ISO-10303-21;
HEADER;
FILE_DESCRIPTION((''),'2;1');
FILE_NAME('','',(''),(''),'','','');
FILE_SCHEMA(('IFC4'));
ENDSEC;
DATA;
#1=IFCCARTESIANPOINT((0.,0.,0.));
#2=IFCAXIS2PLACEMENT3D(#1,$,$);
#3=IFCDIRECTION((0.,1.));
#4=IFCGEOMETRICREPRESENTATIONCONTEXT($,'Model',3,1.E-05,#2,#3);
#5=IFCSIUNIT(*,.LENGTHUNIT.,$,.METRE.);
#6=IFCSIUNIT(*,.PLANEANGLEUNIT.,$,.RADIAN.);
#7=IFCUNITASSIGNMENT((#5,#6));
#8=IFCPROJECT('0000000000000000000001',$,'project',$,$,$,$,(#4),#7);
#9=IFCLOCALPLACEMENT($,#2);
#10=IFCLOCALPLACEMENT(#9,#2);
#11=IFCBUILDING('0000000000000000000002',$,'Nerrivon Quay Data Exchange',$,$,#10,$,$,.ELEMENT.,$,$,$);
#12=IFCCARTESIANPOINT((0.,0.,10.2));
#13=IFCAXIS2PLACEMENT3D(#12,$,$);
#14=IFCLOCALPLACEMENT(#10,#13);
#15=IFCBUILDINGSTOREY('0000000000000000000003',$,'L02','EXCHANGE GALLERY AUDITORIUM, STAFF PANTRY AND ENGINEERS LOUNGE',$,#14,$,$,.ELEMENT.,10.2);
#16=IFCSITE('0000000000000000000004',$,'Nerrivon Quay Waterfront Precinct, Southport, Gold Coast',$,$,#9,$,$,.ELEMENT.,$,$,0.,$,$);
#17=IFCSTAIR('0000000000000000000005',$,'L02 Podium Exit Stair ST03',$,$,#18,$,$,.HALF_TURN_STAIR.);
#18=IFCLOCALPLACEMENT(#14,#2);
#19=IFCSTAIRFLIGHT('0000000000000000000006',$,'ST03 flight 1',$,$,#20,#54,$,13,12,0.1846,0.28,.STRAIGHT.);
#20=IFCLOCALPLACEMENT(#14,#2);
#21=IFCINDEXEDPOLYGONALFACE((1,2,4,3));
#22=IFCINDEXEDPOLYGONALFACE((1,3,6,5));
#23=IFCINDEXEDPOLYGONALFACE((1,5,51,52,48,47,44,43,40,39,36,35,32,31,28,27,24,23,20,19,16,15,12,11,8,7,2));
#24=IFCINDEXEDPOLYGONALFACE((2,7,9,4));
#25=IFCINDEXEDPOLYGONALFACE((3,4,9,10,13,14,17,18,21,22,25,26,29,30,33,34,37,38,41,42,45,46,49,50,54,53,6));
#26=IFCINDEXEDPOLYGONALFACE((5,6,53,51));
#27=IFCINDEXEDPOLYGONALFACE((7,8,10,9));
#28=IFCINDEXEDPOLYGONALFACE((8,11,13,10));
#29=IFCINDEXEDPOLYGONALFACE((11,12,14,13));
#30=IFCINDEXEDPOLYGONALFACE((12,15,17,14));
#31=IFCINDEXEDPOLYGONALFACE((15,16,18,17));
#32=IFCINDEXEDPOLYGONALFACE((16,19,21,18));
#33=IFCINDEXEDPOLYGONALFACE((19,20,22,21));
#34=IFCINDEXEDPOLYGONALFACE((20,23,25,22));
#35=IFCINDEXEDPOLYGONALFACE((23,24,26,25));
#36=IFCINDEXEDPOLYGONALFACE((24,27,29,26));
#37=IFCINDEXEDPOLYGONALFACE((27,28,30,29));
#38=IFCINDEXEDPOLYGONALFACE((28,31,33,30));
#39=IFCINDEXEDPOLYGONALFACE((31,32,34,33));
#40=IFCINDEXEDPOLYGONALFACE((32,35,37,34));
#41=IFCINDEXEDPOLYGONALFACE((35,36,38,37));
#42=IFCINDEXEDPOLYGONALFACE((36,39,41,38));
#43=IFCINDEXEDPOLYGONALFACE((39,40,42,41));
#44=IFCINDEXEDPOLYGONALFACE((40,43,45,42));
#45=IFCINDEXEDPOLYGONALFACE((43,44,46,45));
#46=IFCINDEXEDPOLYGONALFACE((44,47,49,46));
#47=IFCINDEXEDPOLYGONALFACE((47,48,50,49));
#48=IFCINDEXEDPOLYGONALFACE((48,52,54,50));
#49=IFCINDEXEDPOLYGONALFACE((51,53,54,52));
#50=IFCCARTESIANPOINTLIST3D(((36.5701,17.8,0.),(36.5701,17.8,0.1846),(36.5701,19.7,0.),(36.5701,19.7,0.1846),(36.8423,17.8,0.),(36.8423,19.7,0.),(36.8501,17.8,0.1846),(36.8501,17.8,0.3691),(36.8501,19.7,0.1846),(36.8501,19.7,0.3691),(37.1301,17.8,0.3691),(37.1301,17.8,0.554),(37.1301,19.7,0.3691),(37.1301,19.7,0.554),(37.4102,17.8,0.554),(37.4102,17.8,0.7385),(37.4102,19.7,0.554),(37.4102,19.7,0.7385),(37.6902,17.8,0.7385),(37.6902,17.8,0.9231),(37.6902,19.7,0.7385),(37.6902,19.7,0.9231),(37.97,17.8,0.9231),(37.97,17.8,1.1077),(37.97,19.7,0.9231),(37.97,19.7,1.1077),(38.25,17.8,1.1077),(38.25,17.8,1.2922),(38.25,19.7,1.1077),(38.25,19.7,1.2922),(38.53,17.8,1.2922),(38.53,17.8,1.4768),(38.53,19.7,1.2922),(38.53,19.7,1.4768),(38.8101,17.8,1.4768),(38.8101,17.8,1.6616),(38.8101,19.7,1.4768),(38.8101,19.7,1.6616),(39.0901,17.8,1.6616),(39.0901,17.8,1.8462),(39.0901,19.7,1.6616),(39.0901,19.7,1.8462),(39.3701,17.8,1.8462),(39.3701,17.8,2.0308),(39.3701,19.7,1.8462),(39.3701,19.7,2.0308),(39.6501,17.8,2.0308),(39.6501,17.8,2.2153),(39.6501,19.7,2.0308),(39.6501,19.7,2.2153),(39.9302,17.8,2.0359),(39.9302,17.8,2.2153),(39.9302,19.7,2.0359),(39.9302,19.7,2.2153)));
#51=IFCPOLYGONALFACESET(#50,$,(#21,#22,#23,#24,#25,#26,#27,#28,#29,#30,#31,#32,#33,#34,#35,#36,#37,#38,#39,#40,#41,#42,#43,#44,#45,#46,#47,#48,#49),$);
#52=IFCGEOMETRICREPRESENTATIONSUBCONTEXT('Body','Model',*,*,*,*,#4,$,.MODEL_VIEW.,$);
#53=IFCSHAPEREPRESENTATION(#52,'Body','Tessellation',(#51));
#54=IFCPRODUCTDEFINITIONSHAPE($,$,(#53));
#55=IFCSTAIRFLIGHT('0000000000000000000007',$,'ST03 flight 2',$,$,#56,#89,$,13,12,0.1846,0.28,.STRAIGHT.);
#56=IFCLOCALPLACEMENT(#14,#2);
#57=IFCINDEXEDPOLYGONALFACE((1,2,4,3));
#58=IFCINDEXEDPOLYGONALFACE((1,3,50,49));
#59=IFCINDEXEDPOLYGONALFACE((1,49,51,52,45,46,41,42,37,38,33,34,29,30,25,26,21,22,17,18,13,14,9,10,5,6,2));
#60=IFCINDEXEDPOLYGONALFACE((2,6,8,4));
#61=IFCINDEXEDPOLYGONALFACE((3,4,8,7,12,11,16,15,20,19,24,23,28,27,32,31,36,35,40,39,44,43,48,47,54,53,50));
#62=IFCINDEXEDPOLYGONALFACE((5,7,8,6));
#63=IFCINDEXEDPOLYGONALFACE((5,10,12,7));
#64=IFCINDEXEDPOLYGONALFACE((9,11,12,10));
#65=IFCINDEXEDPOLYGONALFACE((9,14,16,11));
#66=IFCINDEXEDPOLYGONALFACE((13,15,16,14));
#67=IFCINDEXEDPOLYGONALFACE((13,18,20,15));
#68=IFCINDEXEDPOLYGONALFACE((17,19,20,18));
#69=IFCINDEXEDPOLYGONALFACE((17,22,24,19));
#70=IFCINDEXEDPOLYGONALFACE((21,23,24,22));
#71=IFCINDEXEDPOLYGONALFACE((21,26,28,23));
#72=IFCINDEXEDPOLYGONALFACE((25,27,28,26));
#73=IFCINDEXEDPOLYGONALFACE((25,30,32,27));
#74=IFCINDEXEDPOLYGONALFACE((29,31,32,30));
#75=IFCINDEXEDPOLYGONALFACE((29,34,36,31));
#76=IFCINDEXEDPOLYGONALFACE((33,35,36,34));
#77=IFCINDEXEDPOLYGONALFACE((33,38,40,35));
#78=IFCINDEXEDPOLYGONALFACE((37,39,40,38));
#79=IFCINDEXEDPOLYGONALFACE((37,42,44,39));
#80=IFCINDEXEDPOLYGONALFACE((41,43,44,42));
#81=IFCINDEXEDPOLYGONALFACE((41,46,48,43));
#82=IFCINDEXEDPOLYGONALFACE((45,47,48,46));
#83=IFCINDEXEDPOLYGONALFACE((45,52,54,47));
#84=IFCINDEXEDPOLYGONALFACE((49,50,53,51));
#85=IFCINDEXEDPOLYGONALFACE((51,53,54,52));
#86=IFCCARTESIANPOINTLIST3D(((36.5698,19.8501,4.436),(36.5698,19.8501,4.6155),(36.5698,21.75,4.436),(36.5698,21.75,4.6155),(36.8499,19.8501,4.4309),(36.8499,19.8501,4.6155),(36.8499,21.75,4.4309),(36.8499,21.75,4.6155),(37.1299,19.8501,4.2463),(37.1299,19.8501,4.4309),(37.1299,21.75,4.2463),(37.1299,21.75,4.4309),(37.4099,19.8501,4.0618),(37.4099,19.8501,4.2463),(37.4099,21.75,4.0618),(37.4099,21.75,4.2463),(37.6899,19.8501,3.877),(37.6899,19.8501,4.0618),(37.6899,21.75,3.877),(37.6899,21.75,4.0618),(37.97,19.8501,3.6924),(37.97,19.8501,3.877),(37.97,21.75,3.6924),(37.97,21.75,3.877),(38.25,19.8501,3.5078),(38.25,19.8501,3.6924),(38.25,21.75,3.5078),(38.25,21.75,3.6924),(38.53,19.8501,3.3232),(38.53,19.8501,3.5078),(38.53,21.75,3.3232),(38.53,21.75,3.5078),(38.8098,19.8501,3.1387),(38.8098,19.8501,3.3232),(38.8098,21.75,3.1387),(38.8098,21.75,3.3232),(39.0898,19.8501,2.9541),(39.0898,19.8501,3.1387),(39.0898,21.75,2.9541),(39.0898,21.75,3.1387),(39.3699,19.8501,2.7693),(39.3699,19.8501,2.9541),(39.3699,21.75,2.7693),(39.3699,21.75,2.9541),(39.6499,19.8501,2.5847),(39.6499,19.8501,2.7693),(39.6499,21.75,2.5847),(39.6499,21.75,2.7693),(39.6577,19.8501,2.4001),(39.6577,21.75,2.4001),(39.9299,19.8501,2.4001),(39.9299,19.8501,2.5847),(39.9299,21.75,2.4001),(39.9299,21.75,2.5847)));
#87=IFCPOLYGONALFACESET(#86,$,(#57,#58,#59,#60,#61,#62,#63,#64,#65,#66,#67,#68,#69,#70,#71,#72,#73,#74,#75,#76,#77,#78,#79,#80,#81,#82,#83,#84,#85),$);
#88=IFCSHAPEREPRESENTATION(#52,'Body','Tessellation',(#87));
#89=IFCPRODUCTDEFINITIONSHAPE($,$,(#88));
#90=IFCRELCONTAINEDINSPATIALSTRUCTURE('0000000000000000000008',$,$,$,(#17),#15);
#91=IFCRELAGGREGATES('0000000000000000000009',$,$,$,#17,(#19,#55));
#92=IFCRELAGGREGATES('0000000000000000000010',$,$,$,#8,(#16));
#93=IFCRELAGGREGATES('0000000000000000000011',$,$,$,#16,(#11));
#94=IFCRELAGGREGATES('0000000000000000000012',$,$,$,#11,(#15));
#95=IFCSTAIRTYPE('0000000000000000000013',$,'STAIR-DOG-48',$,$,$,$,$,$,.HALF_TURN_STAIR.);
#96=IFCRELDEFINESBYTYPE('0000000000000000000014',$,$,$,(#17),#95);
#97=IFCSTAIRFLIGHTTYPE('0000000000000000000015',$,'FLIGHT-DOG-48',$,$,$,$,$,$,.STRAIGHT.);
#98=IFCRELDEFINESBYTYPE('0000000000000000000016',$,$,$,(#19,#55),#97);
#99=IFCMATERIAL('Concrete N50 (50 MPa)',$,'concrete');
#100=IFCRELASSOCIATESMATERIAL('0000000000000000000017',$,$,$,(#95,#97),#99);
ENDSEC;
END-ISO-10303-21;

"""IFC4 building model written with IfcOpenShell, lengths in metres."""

from ifc_helpers import new_model, si_unit, direction, frame, origin, place, context, subcontext, project, spatial, polyline, outline, extrude, material, type_object, element, aggregate, save


model = new_model("IFC4")

# Units and contexts
model_context = context("Model", 3, precision=1e-05, world=origin(), true_north=direction((0.0, 1.0)))
body_context = subcontext(model_context, "Body", "Model", "MODEL_VIEW")
ifc_project = project(units=[si_unit("LENGTHUNIT", "METRE"), si_unit("PLANEANGLEUNIT", "RADIAN")], contexts=[model_context])

# Site, building, storey
site_placement = place(None, origin())
site = spatial("IfcSite", under=ifc_project, at=site_placement, Name="Nerrivon Quay Waterfront Precinct, Southport, Gold Coast", CompositionType="ELEMENT", RefElevation=0.0)
building_placement = place(site_placement, origin())
building = spatial("IfcBuilding", under=site, at=building_placement, Name="Nerrivon Quay Data Exchange", CompositionType="ELEMENT")
storey_placement = place(building_placement, frame((0.0, 0.0, 10.2)))
storey = spatial("IfcBuildingStorey", under=building, at=storey_placement, Name="L02", Description="EXCHANGE GALLERY AUDITORIUM, STAFF PANTRY AND ENGINEERS LOUNGE", CompositionType="ELEMENT", Elevation=10.2)

# Shared definitions
ifc_material_1 = material(Name="Concrete N50 (50 MPa)", Category="concrete")

# Stair, stair flights
stair_type = type_object("IfcStairType", Name="STAIR-DOG-48", PredefinedType="HALF_TURN_STAIR", material=ifc_material_1)
stair_placement = place(storey_placement, origin())
stair = element("IfcStair", 1, at=stair_placement, inside=storey, type_object=stair_type, Name="L02 Podium Exit Stair ST03", PredefinedType="HALF_TURN_STAIR")
stair_flight_type = type_object("IfcStairFlightType", Name="FLIGHT-DOG-48", PredefinedType="STRAIGHT", material=ifc_material_1)
stair_flight_1_placement = place(storey_placement, frame((36.5701, 18.75, 0.0), z_axis=(0.0, 0.0, 1.0), x_axis=(1.0, 0.0, 0.0)))
stair_flight_1 = element("IfcStairFlight", 2, at=stair_flight_1_placement, type_object=stair_flight_type, Name="ST03 flight 1", NumberOfRisers=13, NumberOfTreads=12, PredefinedType="STRAIGHT", RiserHeight=0.1846, TreadLength=0.28, context=body_context, shape_type="SweptSolid", body=[
    extrude(outline(polyline([(0.0, 0.0), (0.0, 0.1846), (0.28, 0.1846), (0.28, 0.3691), (0.5601, 0.3691), (0.5601, 0.554), (0.8401, 0.554), (0.8401, 0.7385), (1.1201, 0.7385), (1.1201, 0.9231), (1.3999, 0.9231), (1.3999, 1.1077), (1.6799, 1.1077), (1.6799, 1.2922), (1.96, 1.2922), (1.96, 1.4768), (2.24, 1.4768), (2.24, 1.6616), (2.52, 1.6616), (2.52, 1.8462), (2.8, 1.8462), (2.8, 2.0308), (3.0801, 2.0308), (3.0801, 2.2153), (3.3601, 2.2153), (3.3601, 2.3999), (3.3601, 2.0359), (0.2722, 0.0), (0.0, 0.0)])), frame((0.0, 0.95, 0.0), z_axis=(0.0, -1.0, 0.0), x_axis=(1.0, 0.0, 0.0)), (0.0, 0.0, 1.0), 1.8999),
])
stair_flight_2_placement = place(storey_placement, frame((39.9299, 20.8, 2.4001), z_axis=(0.0, 0.0, 1.0), x_axis=(-1.0, 0.0, 0.0)))
stair_flight_2 = element("IfcStairFlight", 3, at=stair_flight_2_placement, type_object=stair_flight_type, Name="ST03 flight 2", NumberOfRisers=13, NumberOfTreads=12, PredefinedType="STRAIGHT", RiserHeight=0.1846, TreadLength=0.28, context=body_context, shape_type="SweptSolid", body=[
    extrude(outline(polyline([(0.0, 0.0), (0.0, 0.1846), (0.28, 0.1846), (0.28, 0.3691), (0.5601, 0.3691), (0.5601, 0.554), (0.8401, 0.554), (0.8401, 0.7385), (1.1201, 0.7385), (1.1201, 0.9231), (1.3999, 0.9231), (1.3999, 1.1077), (1.6799, 1.1077), (1.6799, 1.2922), (1.96, 1.2922), (1.96, 1.4768), (2.24, 1.4768), (2.24, 1.6616), (2.52, 1.6616), (2.52, 1.8462), (2.8, 1.8462), (2.8, 2.0308), (3.0801, 2.0308), (3.0801, 2.2153), (3.3601, 2.2153), (3.3601, 2.3999), (3.3601, 2.0359), (0.2722, 0.0), (0.0, 0.0)])), frame((0.0, 0.95, 0.0), z_axis=(0.0, -1.0, 0.0), x_axis=(1.0, 0.0, 0.0)), (0.0, 0.0, 1.0), 1.8999),
])
aggregate(stair, [stair_flight_1, stair_flight_2])

save(model, "model.ifc")
